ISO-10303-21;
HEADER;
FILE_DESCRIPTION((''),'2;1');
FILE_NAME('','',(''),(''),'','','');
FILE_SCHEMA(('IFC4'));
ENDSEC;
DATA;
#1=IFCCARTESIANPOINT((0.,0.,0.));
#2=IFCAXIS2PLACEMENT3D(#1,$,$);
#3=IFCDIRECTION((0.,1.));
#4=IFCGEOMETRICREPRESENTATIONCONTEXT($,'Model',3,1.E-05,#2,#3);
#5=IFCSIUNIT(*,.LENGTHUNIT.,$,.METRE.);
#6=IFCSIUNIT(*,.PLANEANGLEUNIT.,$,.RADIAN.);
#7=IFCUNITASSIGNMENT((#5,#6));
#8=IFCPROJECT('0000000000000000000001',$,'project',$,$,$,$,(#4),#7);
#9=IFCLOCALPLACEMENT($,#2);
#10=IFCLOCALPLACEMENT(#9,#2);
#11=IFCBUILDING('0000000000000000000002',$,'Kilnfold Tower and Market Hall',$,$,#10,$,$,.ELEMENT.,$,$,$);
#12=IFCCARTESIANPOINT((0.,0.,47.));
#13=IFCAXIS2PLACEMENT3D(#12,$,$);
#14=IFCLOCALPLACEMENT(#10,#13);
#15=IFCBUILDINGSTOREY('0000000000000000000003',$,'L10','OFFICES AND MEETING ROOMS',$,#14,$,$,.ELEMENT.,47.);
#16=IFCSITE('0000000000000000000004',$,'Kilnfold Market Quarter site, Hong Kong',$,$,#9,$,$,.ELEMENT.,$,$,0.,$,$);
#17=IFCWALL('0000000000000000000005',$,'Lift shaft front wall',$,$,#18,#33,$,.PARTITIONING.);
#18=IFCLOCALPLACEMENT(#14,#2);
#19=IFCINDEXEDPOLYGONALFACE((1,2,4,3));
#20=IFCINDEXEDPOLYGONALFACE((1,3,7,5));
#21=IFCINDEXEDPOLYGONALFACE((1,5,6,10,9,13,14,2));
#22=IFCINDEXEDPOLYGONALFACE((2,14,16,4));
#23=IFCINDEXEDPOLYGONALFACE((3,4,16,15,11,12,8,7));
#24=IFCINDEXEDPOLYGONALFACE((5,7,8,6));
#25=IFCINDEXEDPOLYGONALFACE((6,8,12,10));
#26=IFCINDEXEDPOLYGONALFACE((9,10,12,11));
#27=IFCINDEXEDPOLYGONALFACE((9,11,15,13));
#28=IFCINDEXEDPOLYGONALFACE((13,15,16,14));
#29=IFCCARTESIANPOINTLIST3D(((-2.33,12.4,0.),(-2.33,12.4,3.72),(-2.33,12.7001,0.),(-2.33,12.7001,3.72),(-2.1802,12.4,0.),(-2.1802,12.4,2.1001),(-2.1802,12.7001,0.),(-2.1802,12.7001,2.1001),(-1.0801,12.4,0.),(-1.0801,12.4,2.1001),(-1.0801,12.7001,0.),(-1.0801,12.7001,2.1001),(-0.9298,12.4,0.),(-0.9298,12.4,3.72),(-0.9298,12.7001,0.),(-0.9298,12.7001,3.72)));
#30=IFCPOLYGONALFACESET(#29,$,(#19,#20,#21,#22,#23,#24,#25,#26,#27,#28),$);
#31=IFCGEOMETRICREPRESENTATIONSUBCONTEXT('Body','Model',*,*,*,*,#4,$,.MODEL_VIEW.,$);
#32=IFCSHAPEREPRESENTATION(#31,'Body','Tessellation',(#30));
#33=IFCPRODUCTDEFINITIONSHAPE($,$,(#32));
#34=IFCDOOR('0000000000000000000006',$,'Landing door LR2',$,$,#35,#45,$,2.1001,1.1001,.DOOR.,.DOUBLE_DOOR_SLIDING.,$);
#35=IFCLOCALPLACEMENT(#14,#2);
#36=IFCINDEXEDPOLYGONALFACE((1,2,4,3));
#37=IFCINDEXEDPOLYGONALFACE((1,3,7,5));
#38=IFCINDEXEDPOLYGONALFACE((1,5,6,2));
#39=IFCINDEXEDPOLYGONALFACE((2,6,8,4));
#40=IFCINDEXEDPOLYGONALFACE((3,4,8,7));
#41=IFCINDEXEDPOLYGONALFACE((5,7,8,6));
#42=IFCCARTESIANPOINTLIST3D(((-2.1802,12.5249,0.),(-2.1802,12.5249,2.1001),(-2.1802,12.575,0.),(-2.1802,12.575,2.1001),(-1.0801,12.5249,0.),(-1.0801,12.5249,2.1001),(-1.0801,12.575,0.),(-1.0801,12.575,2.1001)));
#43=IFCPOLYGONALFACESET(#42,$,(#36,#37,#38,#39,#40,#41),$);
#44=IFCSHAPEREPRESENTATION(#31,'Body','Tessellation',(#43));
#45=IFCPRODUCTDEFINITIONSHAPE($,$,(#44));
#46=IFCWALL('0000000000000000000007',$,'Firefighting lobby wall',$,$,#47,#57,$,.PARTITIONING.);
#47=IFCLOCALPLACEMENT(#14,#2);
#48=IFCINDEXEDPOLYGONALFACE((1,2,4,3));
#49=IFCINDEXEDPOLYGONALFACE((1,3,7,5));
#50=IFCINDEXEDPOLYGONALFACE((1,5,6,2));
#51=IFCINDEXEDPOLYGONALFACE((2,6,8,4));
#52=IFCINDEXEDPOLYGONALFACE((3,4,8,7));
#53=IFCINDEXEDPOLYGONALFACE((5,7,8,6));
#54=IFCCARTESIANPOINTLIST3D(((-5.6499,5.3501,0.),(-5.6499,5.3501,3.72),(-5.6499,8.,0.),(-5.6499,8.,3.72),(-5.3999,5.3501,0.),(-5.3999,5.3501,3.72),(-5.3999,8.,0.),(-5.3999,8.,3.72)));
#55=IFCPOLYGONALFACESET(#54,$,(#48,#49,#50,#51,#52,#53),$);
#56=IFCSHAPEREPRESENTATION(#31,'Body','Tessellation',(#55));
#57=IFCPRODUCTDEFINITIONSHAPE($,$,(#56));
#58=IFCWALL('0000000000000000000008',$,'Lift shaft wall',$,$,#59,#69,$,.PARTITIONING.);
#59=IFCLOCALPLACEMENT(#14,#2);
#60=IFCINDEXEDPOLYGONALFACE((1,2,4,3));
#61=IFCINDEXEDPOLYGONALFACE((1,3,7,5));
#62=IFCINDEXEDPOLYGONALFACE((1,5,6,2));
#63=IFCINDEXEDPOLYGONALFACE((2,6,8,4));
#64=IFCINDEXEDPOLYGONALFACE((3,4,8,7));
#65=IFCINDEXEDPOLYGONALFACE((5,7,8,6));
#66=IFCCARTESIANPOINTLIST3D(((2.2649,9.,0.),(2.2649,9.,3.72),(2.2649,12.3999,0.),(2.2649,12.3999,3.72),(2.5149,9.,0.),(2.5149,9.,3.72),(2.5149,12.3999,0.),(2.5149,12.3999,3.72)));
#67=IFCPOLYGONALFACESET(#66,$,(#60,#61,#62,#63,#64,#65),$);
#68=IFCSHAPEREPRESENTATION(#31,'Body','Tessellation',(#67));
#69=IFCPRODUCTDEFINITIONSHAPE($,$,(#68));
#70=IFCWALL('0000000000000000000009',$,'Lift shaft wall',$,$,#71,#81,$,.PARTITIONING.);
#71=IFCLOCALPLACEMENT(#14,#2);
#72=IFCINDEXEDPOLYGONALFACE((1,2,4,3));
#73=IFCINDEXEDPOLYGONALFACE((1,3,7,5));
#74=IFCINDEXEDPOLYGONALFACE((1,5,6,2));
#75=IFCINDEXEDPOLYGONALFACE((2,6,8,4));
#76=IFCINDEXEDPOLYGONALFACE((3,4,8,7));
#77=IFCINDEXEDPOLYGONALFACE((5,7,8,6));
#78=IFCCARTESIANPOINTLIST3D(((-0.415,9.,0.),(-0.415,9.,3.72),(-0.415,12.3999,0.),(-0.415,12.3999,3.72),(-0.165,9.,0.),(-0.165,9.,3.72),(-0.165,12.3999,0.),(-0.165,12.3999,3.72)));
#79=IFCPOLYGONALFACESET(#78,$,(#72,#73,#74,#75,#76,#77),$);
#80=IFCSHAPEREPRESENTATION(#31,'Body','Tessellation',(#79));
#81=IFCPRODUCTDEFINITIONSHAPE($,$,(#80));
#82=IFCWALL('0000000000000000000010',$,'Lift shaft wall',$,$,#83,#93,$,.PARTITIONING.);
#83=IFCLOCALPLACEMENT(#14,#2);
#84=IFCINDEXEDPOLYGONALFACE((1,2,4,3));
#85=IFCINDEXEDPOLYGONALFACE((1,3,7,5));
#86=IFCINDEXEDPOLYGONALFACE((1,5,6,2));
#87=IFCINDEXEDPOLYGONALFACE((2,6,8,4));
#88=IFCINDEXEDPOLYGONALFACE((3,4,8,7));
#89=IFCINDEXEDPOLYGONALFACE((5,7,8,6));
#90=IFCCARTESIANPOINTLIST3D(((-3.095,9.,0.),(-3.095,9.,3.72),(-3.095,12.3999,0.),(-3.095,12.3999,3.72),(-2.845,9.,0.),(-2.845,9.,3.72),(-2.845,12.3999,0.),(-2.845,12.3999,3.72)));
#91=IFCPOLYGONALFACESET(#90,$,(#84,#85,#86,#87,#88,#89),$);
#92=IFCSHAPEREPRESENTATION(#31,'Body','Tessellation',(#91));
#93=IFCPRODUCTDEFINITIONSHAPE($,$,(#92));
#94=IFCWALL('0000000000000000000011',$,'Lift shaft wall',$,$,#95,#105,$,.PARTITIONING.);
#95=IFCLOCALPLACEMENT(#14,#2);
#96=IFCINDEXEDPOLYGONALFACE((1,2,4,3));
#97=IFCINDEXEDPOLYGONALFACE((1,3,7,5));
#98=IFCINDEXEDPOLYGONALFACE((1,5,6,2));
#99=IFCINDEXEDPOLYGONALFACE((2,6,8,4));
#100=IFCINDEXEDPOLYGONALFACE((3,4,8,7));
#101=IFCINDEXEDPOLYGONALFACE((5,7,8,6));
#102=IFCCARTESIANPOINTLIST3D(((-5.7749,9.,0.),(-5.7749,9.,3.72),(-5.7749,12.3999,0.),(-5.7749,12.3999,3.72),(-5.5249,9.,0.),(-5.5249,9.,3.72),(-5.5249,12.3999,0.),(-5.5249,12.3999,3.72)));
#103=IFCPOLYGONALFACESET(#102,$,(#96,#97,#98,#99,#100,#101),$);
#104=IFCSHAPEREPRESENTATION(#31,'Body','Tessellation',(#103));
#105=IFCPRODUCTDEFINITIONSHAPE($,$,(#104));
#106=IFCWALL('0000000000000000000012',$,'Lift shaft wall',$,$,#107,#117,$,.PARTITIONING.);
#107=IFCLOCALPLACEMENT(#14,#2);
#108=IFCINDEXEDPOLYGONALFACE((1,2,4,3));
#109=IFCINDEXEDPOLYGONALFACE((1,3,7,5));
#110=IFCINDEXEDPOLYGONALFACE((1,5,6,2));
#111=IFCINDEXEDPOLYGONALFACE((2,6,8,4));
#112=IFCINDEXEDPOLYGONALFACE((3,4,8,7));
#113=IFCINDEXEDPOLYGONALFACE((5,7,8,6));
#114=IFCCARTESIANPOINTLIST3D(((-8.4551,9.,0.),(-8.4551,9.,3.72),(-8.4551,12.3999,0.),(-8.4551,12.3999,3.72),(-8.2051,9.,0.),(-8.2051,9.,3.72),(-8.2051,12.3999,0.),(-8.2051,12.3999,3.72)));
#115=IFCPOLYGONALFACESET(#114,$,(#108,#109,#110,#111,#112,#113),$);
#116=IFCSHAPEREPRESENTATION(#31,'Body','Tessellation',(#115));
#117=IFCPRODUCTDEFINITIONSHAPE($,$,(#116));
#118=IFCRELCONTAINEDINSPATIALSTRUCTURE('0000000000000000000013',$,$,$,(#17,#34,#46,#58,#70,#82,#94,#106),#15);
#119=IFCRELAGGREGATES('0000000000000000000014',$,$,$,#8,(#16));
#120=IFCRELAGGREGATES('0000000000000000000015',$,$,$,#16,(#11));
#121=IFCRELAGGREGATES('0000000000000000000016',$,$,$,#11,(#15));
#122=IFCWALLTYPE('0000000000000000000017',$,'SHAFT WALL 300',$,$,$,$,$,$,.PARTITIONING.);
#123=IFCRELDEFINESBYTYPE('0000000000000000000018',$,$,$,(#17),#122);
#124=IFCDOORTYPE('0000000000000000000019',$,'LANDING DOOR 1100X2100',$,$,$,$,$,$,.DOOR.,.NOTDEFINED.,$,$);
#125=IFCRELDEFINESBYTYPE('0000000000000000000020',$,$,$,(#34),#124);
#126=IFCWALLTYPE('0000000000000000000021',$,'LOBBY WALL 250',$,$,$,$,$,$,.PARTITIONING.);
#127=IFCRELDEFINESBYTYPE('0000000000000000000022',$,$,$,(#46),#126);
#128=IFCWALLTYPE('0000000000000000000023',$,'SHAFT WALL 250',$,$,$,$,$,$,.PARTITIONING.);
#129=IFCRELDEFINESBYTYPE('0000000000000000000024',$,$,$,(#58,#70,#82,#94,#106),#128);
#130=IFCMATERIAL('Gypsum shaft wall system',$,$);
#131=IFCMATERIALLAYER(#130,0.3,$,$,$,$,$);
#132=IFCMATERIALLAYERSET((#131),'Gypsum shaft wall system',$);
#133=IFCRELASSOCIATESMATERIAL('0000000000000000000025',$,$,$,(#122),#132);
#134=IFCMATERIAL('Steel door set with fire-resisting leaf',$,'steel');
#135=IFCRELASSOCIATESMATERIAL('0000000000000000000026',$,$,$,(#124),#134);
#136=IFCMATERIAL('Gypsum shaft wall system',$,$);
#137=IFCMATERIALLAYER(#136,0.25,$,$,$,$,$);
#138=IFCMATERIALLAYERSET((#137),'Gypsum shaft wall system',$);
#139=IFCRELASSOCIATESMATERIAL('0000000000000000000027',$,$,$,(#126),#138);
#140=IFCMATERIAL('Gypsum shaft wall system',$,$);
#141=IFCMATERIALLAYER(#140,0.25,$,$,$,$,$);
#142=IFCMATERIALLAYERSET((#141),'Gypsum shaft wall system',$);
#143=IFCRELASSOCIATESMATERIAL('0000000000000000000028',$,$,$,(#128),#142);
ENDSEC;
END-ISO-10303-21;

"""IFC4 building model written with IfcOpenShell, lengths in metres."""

from ifc_helpers import new_model, si_unit, direction, frame, frame_2d, origin, place, context, subcontext, project, spatial, rectangle, extrude, source, transform, mapped, material, layer, layer_set, type_object, element, fill, save


model = new_model("IFC4")

# Units and contexts
model_context = context("Model", 3, precision=1e-05, world=origin(), true_north=direction((0.0, 1.0)))
body_context = subcontext(model_context, "Body", "Model", "MODEL_VIEW")
ifc_project = project(units=[si_unit("LENGTHUNIT", "METRE"), si_unit("PLANEANGLEUNIT", "RADIAN")], contexts=[model_context])

# Site, building, storey
site_placement = place(None, origin())
site = spatial("IfcSite", under=ifc_project, at=site_placement, Name="Kilnfold Market Quarter site, Hong Kong", CompositionType="ELEMENT", RefElevation=0.0)
building_placement = place(site_placement, origin())
building = spatial("IfcBuilding", under=site, at=building_placement, Name="Kilnfold Tower and Market Hall", CompositionType="ELEMENT")
storey_placement = place(building_placement, frame((0.0, 0.0, 47.0)))
storey = spatial("IfcBuildingStorey", under=building, at=storey_placement, Name="L10", Description="OFFICES AND MEETING ROOMS", CompositionType="ELEMENT", Elevation=47.0)

# Wall, opening, door
ifc_material_1 = material(Name="Gypsum shaft wall system")
ifc_layer_1 = layer(ifc_material_1, 0.3)
ifc_layer_set_1 = layer_set([ifc_layer_1], Name="Gypsum shaft wall system")
wall_type_1 = type_object("IfcWallType", Name="SHAFT WALL 300", PredefinedType="PARTITIONING", material=ifc_layer_set_1)
ifc_material_2 = material(Name="Steel door set with fire-resisting leaf", Category="steel")
door_type_1 = type_object("IfcDoorType", Name="LANDING DOOR 1100X2100", OperationType="NOTDEFINED", PredefinedType="DOOR", material=ifc_material_2)
shared_shape_1 = source(origin(), body_context, "Body", "SweptSolid", [
    extrude(rectangle(XDim=1.4001, YDim=0.3, at=frame_2d((0.7002, 0.0))), origin(), (0.0, 0.0, 1.0), 3.72),
])
wall_1_placement = place(storey_placement, frame((-2.3301, 12.55, 0.0), z_axis=(0.0, 0.0, 1.0), x_axis=(1.0, 0.0, 0.0)))
wall_1 = element("IfcWall", 1, at=wall_1_placement, inside=storey, type_object=wall_type_1, Name="Lift shaft front wall", PredefinedType="PARTITIONING", context=body_context, shape_type="MappedRepresentation", body=[
    mapped(shared_shape_1, transform((0.0, 0.0, 0.0))),
])
opening_1_placement = place(wall_1_placement, frame((0.1499, 0.0, 0.0)))
opening_1 = element("IfcOpeningElement", 2, at=opening_1_placement, cuts=wall_1, PredefinedType="OPENING", context=body_context, shape_type="SweptSolid", body=[
    extrude(rectangle(XDim=1.1001, YDim=2.1001, at=frame_2d((0.55, 1.05))), frame((0.0, 0.1602, 0.0), z_axis=(0.0, -1.0, 0.0), x_axis=(1.0, 0.0, 0.0)), (0.0, 0.0, 1.0), 0.3201),
])
door_1_placement = place(opening_1_placement, origin())
door_1 = element("IfcDoor", 3, at=door_1_placement, inside=storey, type_object=door_type_1, Name="Landing door LR2", OperationType="DOUBLE_DOOR_SLIDING", OverallHeight=2.1001, OverallWidth=1.1001, PredefinedType="DOOR", context=body_context, shape_type="SweptSolid", body=[
    extrude(rectangle(XDim=1.1001, YDim=2.1001, at=frame_2d((0.55, 1.05))), frame((0.0, 0.0249, 0.0), z_axis=(0.0, -1.0, 0.0), x_axis=(1.0, 0.0, 0.0)), (0.0, 0.0, 1.0), 0.05),
])
fill(opening_1, door_1)

# Walls
ifc_material_3 = material(Name="Gypsum shaft wall system")
ifc_layer_2 = layer(ifc_material_3, 0.25)
ifc_layer_set_2 = layer_set([ifc_layer_2], Name="Gypsum shaft wall system")
wall_type_2 = type_object("IfcWallType", Name="LOBBY WALL 250", PredefinedType="PARTITIONING", material=ifc_layer_set_2)
shared_shape_2 = source(origin(), body_context, "Body", "SweptSolid", [
    extrude(rectangle(XDim=2.6499, YDim=0.25, at=frame_2d((1.325, 0.0))), origin(), (0.0, 0.0, 1.0), 3.72),
])
wall_2_placement = place(storey_placement, frame((-5.5249, 5.3501, 0.0), z_axis=(0.0, 0.0, 1.0), x_axis=(0.0, 1.0, 0.0)))
element("IfcWall", 4, at=wall_2_placement, inside=storey, type_object=wall_type_2, Name="Firefighting lobby wall", PredefinedType="PARTITIONING", context=body_context, shape_type="MappedRepresentation", body=[
    mapped(shared_shape_2, transform((0.0, 0.0, 0.0))),
])
ifc_material_4 = material(Name="Gypsum shaft wall system")
ifc_layer_3 = layer(ifc_material_4, 0.25)
ifc_layer_set_3 = layer_set([ifc_layer_3], Name="Gypsum shaft wall system")
wall_type_3 = type_object("IfcWallType", Name="SHAFT WALL 250", PredefinedType="PARTITIONING", material=ifc_layer_set_3)
shared_shape_3 = source(origin(), body_context, "Body", "SweptSolid", [
    extrude(rectangle(XDim=3.3999, YDim=0.25, at=frame_2d((1.7, 0.0))), origin(), (0.0, 0.0, 1.0), 3.72),
])
for number, where, z_axis, x_axis, name in (
    (5, (2.3899, 9.0, 0.0), (0.0, 0.0, 1.0), (0.0, 1.0, 0.0), "Lift shaft wall"),
    (6, (-0.29, 9.0, 0.0), (0.0, 0.0, 1.0), (0.0, 1.0, 0.0), "Lift shaft wall"),
    (7, (-2.97, 9.0, 0.0), (0.0, 0.0, 1.0), (0.0, 1.0, 0.0), "Lift shaft wall"),
    (8, (-5.6499, 9.0, 0.0), (0.0, 0.0, 1.0), (0.0, 1.0, 0.0), "Lift shaft wall"),
    (9, (-8.3301, 9.0, 0.0), (0.0, 0.0, 1.0), (0.0, 1.0, 0.0), "Lift shaft wall"),
):
    element("IfcWall", number, at=place(storey_placement, frame(where, z_axis=z_axis, x_axis=x_axis)), inside=storey, type_object=wall_type_3, Name=name, PredefinedType="PARTITIONING", context=body_context, shape_type="MappedRepresentation", body=[
        mapped(shared_shape_3, transform((0.0, 0.0, 0.0))),
    ])

save(model, "model.ifc")
